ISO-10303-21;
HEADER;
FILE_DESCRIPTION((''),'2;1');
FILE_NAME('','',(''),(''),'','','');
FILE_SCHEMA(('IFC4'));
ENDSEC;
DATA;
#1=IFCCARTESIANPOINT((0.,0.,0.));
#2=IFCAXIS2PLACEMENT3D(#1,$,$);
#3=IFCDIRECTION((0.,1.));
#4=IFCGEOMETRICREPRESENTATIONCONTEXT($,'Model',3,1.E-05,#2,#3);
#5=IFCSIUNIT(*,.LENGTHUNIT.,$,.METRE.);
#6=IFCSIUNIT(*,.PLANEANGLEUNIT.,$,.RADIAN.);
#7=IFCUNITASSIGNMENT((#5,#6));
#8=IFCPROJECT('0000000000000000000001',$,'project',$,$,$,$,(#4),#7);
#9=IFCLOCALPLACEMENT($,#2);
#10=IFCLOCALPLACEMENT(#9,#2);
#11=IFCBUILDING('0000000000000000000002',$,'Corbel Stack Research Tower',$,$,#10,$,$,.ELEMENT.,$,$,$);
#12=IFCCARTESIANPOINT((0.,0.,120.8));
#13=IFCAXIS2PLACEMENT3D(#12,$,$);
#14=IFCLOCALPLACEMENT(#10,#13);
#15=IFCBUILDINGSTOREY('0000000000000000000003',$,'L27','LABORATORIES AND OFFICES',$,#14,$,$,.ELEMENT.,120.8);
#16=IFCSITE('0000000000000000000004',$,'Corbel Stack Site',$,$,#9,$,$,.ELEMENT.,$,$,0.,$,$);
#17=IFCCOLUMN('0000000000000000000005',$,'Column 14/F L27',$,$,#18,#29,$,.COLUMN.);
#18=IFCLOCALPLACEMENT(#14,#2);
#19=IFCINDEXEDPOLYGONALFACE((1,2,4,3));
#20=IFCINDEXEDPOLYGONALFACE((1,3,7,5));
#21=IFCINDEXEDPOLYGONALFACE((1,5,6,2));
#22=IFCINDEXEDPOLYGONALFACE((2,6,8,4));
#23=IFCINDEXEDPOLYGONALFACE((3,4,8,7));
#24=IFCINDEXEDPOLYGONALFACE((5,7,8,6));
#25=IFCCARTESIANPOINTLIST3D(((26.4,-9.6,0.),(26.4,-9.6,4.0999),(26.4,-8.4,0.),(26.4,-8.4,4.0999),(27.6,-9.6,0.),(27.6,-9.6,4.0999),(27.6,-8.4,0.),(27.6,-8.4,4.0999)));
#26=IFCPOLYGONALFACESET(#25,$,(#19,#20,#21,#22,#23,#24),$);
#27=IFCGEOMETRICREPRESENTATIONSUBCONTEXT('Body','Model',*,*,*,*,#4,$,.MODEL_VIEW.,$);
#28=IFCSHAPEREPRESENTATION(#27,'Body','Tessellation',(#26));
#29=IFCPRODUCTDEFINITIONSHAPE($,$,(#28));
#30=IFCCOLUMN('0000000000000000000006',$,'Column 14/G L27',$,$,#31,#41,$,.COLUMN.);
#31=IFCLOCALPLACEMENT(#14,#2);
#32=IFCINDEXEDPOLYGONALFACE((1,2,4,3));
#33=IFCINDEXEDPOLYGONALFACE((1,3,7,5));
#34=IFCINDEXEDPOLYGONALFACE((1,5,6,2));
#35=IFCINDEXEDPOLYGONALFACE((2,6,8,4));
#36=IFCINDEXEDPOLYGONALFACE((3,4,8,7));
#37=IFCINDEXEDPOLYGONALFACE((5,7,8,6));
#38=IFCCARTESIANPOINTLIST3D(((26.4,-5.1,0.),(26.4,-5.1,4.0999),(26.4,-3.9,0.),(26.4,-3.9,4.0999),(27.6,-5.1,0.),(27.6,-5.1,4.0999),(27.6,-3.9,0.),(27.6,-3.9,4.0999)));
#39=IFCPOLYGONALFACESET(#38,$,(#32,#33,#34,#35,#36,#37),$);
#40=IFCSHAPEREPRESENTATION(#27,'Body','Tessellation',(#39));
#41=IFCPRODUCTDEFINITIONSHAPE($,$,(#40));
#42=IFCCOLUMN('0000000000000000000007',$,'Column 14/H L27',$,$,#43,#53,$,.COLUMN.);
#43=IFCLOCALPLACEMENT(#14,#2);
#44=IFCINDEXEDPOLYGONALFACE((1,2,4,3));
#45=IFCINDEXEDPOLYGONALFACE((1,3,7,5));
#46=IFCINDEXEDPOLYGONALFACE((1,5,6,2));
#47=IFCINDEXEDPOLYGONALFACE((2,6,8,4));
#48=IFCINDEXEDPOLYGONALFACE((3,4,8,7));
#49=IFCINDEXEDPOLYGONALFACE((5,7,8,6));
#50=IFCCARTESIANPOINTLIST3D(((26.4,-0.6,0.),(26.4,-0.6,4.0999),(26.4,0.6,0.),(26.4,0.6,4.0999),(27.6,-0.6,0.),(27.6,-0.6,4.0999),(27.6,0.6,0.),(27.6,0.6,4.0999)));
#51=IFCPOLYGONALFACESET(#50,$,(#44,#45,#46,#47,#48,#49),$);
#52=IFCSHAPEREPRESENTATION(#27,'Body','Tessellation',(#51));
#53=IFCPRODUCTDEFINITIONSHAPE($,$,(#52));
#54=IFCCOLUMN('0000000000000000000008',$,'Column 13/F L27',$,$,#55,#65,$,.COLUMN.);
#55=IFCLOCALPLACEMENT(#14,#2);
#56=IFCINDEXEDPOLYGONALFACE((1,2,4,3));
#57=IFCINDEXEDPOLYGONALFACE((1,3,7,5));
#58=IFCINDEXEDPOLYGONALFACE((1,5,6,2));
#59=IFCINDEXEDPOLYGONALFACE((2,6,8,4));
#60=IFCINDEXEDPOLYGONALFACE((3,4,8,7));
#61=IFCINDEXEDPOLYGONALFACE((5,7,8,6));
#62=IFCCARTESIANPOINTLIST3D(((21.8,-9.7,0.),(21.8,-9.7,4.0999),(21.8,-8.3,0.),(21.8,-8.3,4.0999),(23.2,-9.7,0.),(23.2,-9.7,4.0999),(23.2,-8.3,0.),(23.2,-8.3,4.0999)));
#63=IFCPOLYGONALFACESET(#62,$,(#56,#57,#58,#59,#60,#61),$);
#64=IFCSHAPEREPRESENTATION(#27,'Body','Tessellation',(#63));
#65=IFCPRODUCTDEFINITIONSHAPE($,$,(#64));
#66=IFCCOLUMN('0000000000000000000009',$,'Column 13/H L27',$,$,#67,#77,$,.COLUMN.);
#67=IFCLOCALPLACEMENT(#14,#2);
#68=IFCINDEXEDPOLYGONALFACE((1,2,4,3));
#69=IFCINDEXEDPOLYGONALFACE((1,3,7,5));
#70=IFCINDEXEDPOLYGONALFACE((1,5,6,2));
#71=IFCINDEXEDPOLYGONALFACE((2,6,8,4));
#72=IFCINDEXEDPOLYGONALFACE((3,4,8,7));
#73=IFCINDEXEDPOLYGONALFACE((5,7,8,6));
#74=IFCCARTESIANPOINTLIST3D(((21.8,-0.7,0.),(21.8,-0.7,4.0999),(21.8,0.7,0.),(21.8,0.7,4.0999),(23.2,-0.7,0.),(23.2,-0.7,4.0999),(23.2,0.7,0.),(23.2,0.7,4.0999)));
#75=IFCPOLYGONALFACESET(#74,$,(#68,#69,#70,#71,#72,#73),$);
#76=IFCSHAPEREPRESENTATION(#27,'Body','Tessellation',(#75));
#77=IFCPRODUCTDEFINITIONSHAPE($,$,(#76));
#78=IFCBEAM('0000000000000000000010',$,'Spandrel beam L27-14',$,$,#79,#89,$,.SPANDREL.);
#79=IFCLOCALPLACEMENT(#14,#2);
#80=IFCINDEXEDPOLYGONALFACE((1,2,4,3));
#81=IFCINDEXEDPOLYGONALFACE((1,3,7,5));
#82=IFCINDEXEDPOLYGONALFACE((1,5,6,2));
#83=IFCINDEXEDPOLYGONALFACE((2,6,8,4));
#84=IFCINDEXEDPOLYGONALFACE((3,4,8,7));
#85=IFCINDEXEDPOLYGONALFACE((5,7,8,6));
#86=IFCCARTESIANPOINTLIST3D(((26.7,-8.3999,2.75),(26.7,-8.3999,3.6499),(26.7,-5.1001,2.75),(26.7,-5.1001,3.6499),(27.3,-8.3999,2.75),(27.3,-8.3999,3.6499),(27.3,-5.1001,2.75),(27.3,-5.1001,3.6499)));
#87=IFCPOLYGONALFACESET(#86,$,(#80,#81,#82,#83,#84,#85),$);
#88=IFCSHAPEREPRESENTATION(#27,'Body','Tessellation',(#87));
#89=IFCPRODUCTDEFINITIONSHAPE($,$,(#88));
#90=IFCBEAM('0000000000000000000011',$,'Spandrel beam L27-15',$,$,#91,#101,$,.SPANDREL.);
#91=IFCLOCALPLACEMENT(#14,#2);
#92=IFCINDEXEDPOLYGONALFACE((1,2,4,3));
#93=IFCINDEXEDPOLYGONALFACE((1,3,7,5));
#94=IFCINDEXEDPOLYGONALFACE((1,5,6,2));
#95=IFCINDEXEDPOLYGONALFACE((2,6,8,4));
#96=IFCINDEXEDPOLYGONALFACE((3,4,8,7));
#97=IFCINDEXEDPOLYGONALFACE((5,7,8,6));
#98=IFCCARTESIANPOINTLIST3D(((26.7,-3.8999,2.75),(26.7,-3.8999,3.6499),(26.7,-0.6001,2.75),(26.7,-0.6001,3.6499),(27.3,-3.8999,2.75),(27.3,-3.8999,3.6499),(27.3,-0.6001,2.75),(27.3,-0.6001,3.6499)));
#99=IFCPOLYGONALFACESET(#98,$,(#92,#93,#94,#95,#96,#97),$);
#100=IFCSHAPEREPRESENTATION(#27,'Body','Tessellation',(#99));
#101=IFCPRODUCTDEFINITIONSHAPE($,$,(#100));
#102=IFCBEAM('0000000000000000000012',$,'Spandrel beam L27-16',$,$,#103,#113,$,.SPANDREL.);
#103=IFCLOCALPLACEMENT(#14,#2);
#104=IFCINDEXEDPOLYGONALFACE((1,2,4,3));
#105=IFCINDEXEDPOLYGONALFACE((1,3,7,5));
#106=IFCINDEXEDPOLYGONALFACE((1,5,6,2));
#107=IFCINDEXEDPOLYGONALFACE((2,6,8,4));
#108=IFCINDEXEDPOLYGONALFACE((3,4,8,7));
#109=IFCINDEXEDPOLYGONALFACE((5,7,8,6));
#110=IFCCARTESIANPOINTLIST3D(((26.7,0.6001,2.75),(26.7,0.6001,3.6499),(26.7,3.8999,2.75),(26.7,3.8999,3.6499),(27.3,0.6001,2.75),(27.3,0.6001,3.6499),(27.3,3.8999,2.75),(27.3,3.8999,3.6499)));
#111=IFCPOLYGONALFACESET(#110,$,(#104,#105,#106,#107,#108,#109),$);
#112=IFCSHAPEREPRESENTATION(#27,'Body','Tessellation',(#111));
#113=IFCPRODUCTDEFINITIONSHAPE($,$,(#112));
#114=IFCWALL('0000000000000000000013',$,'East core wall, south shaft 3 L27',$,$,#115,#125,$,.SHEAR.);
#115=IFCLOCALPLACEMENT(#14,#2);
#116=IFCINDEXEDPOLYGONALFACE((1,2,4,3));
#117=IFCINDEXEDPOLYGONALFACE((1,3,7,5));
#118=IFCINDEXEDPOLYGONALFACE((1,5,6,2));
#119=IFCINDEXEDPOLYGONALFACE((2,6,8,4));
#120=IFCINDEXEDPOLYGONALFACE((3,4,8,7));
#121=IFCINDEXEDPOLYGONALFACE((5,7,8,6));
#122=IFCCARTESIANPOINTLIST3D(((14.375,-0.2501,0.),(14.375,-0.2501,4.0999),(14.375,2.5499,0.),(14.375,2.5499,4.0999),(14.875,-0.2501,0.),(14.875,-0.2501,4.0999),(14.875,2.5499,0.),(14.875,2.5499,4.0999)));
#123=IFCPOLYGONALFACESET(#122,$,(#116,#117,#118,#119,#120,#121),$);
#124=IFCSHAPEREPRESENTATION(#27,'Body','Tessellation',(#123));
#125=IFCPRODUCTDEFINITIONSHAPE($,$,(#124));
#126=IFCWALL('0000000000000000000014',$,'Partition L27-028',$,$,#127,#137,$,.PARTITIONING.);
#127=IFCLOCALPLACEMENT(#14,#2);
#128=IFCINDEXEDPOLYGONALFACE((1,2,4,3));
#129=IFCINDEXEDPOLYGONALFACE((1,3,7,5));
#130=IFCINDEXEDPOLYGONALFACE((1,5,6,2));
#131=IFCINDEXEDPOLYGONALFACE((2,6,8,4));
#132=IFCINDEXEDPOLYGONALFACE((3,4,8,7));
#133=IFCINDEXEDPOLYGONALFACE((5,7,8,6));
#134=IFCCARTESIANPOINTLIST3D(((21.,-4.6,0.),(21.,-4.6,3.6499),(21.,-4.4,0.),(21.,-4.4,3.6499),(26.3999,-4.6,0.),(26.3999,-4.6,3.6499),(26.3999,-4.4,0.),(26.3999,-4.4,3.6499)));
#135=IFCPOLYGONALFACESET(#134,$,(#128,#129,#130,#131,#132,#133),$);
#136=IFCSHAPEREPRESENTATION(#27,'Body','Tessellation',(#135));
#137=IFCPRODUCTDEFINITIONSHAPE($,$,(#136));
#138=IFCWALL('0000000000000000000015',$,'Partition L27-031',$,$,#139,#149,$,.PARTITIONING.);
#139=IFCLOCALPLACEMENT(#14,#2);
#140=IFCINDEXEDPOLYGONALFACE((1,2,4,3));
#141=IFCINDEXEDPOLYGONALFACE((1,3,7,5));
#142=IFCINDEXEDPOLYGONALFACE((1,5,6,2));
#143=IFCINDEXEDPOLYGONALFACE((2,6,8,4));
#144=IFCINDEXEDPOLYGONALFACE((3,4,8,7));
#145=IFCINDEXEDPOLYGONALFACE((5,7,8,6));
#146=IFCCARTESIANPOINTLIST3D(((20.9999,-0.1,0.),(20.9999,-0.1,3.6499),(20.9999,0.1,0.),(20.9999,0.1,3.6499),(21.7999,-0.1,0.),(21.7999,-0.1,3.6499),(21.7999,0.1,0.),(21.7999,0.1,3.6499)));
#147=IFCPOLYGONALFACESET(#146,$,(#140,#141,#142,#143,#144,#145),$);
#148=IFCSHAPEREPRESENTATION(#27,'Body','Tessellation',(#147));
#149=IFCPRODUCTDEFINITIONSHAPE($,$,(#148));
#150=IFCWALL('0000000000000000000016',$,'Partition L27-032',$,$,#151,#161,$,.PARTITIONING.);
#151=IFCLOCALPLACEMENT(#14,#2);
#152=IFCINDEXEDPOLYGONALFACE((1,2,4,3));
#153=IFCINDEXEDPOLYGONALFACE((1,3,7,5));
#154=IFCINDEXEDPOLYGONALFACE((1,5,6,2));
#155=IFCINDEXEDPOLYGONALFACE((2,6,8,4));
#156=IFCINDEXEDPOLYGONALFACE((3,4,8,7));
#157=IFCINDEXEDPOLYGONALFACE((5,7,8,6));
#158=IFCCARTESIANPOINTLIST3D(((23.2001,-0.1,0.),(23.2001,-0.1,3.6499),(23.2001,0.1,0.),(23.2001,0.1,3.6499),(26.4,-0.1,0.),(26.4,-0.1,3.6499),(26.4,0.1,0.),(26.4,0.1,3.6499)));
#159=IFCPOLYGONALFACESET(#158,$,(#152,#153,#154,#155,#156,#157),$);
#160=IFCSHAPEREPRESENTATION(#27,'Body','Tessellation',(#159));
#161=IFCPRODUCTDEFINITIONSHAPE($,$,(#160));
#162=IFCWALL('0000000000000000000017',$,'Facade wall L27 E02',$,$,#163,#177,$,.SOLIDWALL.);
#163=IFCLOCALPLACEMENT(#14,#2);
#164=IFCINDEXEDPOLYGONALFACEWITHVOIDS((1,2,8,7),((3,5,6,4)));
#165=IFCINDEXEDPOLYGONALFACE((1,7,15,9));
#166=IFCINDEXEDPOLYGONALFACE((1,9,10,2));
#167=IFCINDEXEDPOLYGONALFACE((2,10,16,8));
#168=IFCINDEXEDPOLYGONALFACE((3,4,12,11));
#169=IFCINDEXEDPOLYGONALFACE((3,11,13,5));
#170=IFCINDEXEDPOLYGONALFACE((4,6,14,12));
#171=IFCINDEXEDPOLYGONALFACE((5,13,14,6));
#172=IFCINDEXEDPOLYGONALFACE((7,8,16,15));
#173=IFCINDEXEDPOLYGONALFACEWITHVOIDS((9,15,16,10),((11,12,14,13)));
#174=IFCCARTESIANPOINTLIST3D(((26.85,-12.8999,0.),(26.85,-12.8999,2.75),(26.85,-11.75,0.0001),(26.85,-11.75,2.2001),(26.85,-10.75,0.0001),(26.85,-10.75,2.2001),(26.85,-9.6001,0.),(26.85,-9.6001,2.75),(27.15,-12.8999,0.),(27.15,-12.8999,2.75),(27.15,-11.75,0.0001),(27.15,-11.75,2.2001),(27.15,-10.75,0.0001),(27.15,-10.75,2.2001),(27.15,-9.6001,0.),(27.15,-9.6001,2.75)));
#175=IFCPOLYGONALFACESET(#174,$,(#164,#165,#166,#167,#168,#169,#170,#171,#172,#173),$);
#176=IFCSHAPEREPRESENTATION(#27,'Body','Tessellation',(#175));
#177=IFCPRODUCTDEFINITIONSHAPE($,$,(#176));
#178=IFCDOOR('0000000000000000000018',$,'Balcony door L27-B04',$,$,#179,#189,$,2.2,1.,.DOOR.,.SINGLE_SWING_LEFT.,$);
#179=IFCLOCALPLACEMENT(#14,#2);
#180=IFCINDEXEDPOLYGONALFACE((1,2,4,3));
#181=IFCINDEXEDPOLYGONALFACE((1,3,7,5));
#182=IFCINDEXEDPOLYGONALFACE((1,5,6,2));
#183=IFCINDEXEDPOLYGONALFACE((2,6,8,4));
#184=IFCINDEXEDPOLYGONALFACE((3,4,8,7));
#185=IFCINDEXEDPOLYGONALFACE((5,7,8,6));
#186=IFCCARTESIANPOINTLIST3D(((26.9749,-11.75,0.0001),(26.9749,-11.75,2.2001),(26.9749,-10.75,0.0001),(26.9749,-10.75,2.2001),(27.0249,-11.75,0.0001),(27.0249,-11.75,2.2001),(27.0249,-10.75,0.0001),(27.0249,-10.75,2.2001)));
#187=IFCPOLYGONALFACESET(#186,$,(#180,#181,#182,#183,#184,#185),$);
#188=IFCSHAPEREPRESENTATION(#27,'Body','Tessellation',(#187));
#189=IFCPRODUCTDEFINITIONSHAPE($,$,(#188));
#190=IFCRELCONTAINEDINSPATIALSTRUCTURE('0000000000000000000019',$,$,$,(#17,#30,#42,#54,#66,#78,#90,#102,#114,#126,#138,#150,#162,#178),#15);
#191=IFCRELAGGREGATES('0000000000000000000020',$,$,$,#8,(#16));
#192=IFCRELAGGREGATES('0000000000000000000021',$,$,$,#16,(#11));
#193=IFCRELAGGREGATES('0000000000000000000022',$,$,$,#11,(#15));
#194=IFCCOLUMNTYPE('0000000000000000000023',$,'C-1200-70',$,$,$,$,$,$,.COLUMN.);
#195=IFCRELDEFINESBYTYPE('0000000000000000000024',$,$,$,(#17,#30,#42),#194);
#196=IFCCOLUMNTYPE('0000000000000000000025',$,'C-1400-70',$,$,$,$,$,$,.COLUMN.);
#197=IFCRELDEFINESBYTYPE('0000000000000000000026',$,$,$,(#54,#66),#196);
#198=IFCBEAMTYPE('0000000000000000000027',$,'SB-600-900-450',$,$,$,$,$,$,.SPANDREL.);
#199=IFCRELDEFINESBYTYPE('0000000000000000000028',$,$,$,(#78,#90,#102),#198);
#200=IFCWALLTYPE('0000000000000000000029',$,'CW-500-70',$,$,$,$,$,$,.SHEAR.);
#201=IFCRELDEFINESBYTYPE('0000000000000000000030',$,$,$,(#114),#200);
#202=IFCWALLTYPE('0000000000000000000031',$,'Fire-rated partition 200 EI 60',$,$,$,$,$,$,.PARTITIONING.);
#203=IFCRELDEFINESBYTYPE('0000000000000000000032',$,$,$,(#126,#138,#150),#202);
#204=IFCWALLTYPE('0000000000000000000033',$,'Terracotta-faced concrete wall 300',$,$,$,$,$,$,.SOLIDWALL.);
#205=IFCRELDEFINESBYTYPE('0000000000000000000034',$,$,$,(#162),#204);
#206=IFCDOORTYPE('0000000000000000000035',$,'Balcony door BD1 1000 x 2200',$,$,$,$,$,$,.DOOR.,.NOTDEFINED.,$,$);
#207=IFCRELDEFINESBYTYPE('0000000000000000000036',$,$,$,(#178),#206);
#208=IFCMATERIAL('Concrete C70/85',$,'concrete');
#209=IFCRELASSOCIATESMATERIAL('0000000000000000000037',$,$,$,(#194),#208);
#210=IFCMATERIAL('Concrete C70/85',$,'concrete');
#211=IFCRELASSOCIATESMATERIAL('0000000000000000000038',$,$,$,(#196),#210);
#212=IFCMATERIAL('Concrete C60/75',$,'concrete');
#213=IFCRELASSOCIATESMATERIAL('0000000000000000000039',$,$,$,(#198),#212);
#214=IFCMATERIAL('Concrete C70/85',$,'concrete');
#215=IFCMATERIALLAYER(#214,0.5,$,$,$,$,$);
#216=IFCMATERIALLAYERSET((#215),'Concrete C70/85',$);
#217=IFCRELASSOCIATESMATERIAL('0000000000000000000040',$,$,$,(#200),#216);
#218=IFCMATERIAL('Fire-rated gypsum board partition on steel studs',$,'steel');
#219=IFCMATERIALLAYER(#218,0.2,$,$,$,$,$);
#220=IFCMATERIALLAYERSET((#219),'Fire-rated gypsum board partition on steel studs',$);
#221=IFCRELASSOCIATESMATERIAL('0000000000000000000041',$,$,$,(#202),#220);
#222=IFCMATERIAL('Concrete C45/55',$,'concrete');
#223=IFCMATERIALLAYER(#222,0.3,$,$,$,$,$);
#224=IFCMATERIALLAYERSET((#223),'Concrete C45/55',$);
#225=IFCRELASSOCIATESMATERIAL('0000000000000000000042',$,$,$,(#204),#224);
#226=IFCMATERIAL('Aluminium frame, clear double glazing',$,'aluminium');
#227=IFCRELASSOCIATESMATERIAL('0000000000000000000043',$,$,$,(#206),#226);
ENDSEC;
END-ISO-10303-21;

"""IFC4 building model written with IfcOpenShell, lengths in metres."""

from ifc_helpers import new_model, si_unit, direction, frame, frame_2d, origin, origin_2d, place, context, subcontext, project, spatial, rectangle, extrude, material, layer, layer_set, material_profile, profile_set, type_object, element, fill, save


model = new_model("IFC4")

# Units and contexts
model_context = context("Model", 3, precision=1e-05, world=origin(), true_north=direction((0.0, 1.0)))
body_context = subcontext(model_context, "Body", "Model", "MODEL_VIEW")
ifc_project = project(units=[si_unit("LENGTHUNIT", "METRE"), si_unit("PLANEANGLEUNIT", "RADIAN")], contexts=[model_context])

# Site, building, storey
site_placement = place(None, origin())
site = spatial("IfcSite", under=ifc_project, at=site_placement, Name="Corbel Stack Site", CompositionType="ELEMENT", RefElevation=0.0)
building_placement = place(site_placement, origin())
building = spatial("IfcBuilding", under=site, at=building_placement, Name="Corbel Stack Research Tower", CompositionType="ELEMENT")
storey_placement = place(building_placement, frame((0.0, 0.0, 120.8)))
storey = spatial("IfcBuildingStorey", under=building, at=storey_placement, Name="L27", Description="LABORATORIES AND OFFICES", CompositionType="ELEMENT", Elevation=120.8)

# Columns
ifc_material_1 = material(Name="Concrete C70/85", Category="concrete")
ifc_material_profile_1 = material_profile(ifc_material_1, rectangle(XDim=1.2, YDim=1.2, at=origin_2d()), Name="RC 1200 x 1200")
ifc_profile_set_1 = profile_set([ifc_material_profile_1], Name="Concrete C70/85")
column_type_1 = type_object("IfcColumnType", Name="C-1200-70", PredefinedType="COLUMN", material=ifc_profile_set_1)
for number, where, z_axis, x_axis, name in (
    (1, (27.0, -9.0, 0.0), (0.0, 0.0, 1.0), (1.0, 0.0, 0.0), "Column 14/F L27"),
    (2, (27.0, -4.5, 0.0), (0.0, 0.0, 1.0), (1.0, 0.0, 0.0), "Column 14/G L27"),
    (3, (27.0, 0.0, 0.0), (0.0, 0.0, 1.0), (1.0, 0.0, 0.0), "Column 14/H L27"),
):
    element("IfcColumn", number, at=place(storey_placement, frame(where, z_axis=z_axis, x_axis=x_axis)), inside=storey, type_object=column_type_1, Name=name, PredefinedType="COLUMN", context=body_context, shape_type="SweptSolid", body=[
        extrude(rectangle(XDim=1.2, YDim=1.2, at=origin_2d()), origin(), (0.0, 0.0, 1.0), 4.0999),
    ])
ifc_material_2 = material(Name="Concrete C70/85", Category="concrete")
ifc_material_profile_2 = material_profile(ifc_material_2, rectangle(XDim=1.3999, YDim=1.3999, at=origin_2d()), Name="RC 1400 x 1400")
ifc_profile_set_2 = profile_set([ifc_material_profile_2], Name="Concrete C70/85")
column_type_2 = type_object("IfcColumnType", Name="C-1400-70", PredefinedType="COLUMN", material=ifc_profile_set_2)
for number, where, z_axis, x_axis, name in (
    (4, (22.5, -9.0, 0.0), (0.0, 0.0, 1.0), (1.0, 0.0, 0.0), "Column 13/F L27"),
    (5, (22.5, 0.0, 0.0), (0.0, 0.0, 1.0), (1.0, 0.0, 0.0), "Column 13/H L27"),
):
    element("IfcColumn", number, at=place(storey_placement, frame(where, z_axis=z_axis, x_axis=x_axis)), inside=storey, type_object=column_type_2, Name=name, PredefinedType="COLUMN", context=body_context, shape_type="SweptSolid", body=[
        extrude(rectangle(XDim=1.3999, YDim=1.3999, at=origin_2d()), origin(), (0.0, 0.0, 1.0), 4.0999),
    ])

# Beams
ifc_material_3 = material(Name="Concrete C60/75", Category="concrete")
ifc_material_profile_3 = material_profile(ifc_material_3, rectangle(XDim=0.6001, YDim=0.8999, at=origin_2d()), Name="RC 600 x 900")
ifc_profile_set_3 = profile_set([ifc_material_profile_3], Name="Concrete C60/75")
beam_type = type_object("IfcBeamType", Name="SB-600-900-450", PredefinedType="SPANDREL", material=ifc_profile_set_3)
for number, where, z_axis, x_axis, name in (
    (6, (27.0, -8.3999, 3.2), (0.0, 1.0, 0.0), (-1.0, 0.0, 0.0), "Spandrel beam L27-14"),
    (7, (27.0, -3.8999, 3.2), (0.0, 1.0, 0.0), (-1.0, 0.0, 0.0), "Spandrel beam L27-15"),
    (8, (27.0, 0.6001, 3.2), (0.0, 1.0, 0.0), (-1.0, 0.0, 0.0), "Spandrel beam L27-16"),
):
    element("IfcBeam", number, at=place(storey_placement, frame(where, z_axis=z_axis, x_axis=x_axis)), inside=storey, type_object=beam_type, Name=name, PredefinedType="SPANDREL", context=body_context, shape_type="SweptSolid", body=[
        extrude(rectangle(XDim=0.6001, YDim=0.8999, at=origin_2d()), origin(), (0.0, 0.0, 1.0), 3.2998),
    ])

# Wall
ifc_material_4 = material(Name="Concrete C70/85", Category="concrete")
ifc_layer_1 = layer(ifc_material_4, 0.5)
ifc_layer_set_1 = layer_set([ifc_layer_1], Name="Concrete C70/85")
wall_type_1 = type_object("IfcWallType", Name="CW-500-70", PredefinedType="SHEAR", material=ifc_layer_set_1)
wall_1_placement = place(storey_placement, frame((14.625, -0.25, 0.0), z_axis=(0.0, 0.0, 1.0), x_axis=(0.0, 1.0, 0.0)))
element("IfcWall", 9, at=wall_1_placement, inside=storey, type_object=wall_type_1, Name="East core wall, south shaft 3 L27", PredefinedType="SHEAR", context=body_context, shape_type="SweptSolid", body=[
    extrude(rectangle(XDim=2.8, YDim=0.5, at=frame_2d((1.3999, 0.0))), origin(), (0.0, 0.0, 1.0), 4.0999),
])

# Walls
ifc_material_5 = material(Name="Fire-rated gypsum board partition on steel studs", Category="steel")
ifc_layer_2 = layer(ifc_material_5, 0.2)
ifc_layer_set_2 = layer_set([ifc_layer_2], Name="Fire-rated gypsum board partition on steel studs")
wall_type_2 = type_object("IfcWallType", Name="Fire-rated partition 200 EI 60", PredefinedType="PARTITIONING", material=ifc_layer_set_2)
wall_2_placement = place(storey_placement, frame((21.0, -4.5, 0.0), z_axis=(0.0, 0.0, 1.0), x_axis=(1.0, 0.0, 0.0)))
element("IfcWall", 10, at=wall_2_placement, inside=storey, type_object=wall_type_2, Name="Partition L27-028", PredefinedType="PARTITIONING", context=body_context, shape_type="SweptSolid", body=[
    extrude(rectangle(XDim=5.3999, YDim=0.2, at=frame_2d((2.7, 0.0))), origin(), (0.0, 0.0, 1.0), 3.6499),
])
wall_3_placement = place(storey_placement, frame((21.0, 0.0, 0.0), z_axis=(0.0, 0.0, 1.0), x_axis=(1.0, 0.0, 0.0)))
element("IfcWall", 11, at=wall_3_placement, inside=storey, type_object=wall_type_2, Name="Partition L27-031", PredefinedType="PARTITIONING", context=body_context, shape_type="SweptSolid", body=[
    extrude(rectangle(XDim=0.8, YDim=0.2, at=frame_2d((0.3999, 0.0))), origin(), (0.0, 0.0, 1.0), 3.6499),
])
wall_4_placement = place(storey_placement, frame((23.2, 0.0, 0.0), z_axis=(0.0, 0.0, 1.0), x_axis=(1.0, 0.0, 0.0)))
element("IfcWall", 12, at=wall_4_placement, inside=storey, type_object=wall_type_2, Name="Partition L27-032", PredefinedType="PARTITIONING", context=body_context, shape_type="SweptSolid", body=[
    extrude(rectangle(XDim=3.2, YDim=0.2, at=frame_2d((1.6001, 0.0))), origin(), (0.0, 0.0, 1.0), 3.6499),
])

# Wall, opening, door
ifc_material_6 = material(Name="Concrete C45/55", Category="concrete")
ifc_layer_3 = layer(ifc_material_6, 0.3)
ifc_layer_set_3 = layer_set([ifc_layer_3], Name="Concrete C45/55")
wall_type_3 = type_object("IfcWallType", Name="Terracotta-faced concrete wall 300", PredefinedType="SOLIDWALL", material=ifc_layer_set_3)
wall_5_placement = place(storey_placement, frame((27.0, -9.6001, 0.0), z_axis=(0.0, 0.0, 1.0), x_axis=(0.0, -1.0, 0.0)))
wall_5 = element("IfcWall", 13, at=wall_5_placement, inside=storey, type_object=wall_type_3, Name="Facade wall L27 E02", PredefinedType="SOLIDWALL", context=body_context, shape_type="SweptSolid", body=[
    extrude(rectangle(XDim=3.2998, YDim=0.3, at=frame_2d((1.6499, 0.0))), origin(), (0.0, 0.0, 1.0), 2.75),
])
opening_1_placement = place(wall_5_placement, frame((1.1499, 0.0, 0.0)))
opening_1 = element("IfcOpeningElement", 14, at=opening_1_placement, cuts=wall_5, PredefinedType="OPENING", context=body_context, shape_type="SweptSolid", body=[
    extrude(rectangle(XDim=1.0, YDim=2.2, at=frame_2d((0.5, 1.1001))), frame((0.0, 0.1599, 0.0), z_axis=(0.0, -1.0, 0.0), x_axis=(1.0, 0.0, 0.0)), (0.0, 0.0, 1.0), 0.3201),
])
ifc_material_7 = material(Name="Aluminium frame, clear double glazing", Category="aluminium")
door_type_1 = type_object("IfcDoorType", Name="Balcony door BD1 1000 x 2200", OperationType="NOTDEFINED", PredefinedType="DOOR", material=ifc_material_7)
door_1_placement = place(opening_1_placement, origin())
door_1 = element("IfcDoor", 15, at=door_1_placement, inside=storey, type_object=door_type_1, Name="Balcony door L27-B04", OperationType="SINGLE_SWING_LEFT", OverallHeight=2.2, OverallWidth=1.0, PredefinedType="DOOR", context=body_context, shape_type="SweptSolid", body=[
    extrude(rectangle(XDim=1.0, YDim=2.2, at=frame_2d((0.5, 1.1001))), frame((0.0, 0.0249, 0.0), z_axis=(0.0, -1.0, 0.0), x_axis=(1.0, 0.0, 0.0)), (0.0, 0.0, 1.0), 0.05),
])
fill(opening_1, door_1)

save(model, "model.ifc")
